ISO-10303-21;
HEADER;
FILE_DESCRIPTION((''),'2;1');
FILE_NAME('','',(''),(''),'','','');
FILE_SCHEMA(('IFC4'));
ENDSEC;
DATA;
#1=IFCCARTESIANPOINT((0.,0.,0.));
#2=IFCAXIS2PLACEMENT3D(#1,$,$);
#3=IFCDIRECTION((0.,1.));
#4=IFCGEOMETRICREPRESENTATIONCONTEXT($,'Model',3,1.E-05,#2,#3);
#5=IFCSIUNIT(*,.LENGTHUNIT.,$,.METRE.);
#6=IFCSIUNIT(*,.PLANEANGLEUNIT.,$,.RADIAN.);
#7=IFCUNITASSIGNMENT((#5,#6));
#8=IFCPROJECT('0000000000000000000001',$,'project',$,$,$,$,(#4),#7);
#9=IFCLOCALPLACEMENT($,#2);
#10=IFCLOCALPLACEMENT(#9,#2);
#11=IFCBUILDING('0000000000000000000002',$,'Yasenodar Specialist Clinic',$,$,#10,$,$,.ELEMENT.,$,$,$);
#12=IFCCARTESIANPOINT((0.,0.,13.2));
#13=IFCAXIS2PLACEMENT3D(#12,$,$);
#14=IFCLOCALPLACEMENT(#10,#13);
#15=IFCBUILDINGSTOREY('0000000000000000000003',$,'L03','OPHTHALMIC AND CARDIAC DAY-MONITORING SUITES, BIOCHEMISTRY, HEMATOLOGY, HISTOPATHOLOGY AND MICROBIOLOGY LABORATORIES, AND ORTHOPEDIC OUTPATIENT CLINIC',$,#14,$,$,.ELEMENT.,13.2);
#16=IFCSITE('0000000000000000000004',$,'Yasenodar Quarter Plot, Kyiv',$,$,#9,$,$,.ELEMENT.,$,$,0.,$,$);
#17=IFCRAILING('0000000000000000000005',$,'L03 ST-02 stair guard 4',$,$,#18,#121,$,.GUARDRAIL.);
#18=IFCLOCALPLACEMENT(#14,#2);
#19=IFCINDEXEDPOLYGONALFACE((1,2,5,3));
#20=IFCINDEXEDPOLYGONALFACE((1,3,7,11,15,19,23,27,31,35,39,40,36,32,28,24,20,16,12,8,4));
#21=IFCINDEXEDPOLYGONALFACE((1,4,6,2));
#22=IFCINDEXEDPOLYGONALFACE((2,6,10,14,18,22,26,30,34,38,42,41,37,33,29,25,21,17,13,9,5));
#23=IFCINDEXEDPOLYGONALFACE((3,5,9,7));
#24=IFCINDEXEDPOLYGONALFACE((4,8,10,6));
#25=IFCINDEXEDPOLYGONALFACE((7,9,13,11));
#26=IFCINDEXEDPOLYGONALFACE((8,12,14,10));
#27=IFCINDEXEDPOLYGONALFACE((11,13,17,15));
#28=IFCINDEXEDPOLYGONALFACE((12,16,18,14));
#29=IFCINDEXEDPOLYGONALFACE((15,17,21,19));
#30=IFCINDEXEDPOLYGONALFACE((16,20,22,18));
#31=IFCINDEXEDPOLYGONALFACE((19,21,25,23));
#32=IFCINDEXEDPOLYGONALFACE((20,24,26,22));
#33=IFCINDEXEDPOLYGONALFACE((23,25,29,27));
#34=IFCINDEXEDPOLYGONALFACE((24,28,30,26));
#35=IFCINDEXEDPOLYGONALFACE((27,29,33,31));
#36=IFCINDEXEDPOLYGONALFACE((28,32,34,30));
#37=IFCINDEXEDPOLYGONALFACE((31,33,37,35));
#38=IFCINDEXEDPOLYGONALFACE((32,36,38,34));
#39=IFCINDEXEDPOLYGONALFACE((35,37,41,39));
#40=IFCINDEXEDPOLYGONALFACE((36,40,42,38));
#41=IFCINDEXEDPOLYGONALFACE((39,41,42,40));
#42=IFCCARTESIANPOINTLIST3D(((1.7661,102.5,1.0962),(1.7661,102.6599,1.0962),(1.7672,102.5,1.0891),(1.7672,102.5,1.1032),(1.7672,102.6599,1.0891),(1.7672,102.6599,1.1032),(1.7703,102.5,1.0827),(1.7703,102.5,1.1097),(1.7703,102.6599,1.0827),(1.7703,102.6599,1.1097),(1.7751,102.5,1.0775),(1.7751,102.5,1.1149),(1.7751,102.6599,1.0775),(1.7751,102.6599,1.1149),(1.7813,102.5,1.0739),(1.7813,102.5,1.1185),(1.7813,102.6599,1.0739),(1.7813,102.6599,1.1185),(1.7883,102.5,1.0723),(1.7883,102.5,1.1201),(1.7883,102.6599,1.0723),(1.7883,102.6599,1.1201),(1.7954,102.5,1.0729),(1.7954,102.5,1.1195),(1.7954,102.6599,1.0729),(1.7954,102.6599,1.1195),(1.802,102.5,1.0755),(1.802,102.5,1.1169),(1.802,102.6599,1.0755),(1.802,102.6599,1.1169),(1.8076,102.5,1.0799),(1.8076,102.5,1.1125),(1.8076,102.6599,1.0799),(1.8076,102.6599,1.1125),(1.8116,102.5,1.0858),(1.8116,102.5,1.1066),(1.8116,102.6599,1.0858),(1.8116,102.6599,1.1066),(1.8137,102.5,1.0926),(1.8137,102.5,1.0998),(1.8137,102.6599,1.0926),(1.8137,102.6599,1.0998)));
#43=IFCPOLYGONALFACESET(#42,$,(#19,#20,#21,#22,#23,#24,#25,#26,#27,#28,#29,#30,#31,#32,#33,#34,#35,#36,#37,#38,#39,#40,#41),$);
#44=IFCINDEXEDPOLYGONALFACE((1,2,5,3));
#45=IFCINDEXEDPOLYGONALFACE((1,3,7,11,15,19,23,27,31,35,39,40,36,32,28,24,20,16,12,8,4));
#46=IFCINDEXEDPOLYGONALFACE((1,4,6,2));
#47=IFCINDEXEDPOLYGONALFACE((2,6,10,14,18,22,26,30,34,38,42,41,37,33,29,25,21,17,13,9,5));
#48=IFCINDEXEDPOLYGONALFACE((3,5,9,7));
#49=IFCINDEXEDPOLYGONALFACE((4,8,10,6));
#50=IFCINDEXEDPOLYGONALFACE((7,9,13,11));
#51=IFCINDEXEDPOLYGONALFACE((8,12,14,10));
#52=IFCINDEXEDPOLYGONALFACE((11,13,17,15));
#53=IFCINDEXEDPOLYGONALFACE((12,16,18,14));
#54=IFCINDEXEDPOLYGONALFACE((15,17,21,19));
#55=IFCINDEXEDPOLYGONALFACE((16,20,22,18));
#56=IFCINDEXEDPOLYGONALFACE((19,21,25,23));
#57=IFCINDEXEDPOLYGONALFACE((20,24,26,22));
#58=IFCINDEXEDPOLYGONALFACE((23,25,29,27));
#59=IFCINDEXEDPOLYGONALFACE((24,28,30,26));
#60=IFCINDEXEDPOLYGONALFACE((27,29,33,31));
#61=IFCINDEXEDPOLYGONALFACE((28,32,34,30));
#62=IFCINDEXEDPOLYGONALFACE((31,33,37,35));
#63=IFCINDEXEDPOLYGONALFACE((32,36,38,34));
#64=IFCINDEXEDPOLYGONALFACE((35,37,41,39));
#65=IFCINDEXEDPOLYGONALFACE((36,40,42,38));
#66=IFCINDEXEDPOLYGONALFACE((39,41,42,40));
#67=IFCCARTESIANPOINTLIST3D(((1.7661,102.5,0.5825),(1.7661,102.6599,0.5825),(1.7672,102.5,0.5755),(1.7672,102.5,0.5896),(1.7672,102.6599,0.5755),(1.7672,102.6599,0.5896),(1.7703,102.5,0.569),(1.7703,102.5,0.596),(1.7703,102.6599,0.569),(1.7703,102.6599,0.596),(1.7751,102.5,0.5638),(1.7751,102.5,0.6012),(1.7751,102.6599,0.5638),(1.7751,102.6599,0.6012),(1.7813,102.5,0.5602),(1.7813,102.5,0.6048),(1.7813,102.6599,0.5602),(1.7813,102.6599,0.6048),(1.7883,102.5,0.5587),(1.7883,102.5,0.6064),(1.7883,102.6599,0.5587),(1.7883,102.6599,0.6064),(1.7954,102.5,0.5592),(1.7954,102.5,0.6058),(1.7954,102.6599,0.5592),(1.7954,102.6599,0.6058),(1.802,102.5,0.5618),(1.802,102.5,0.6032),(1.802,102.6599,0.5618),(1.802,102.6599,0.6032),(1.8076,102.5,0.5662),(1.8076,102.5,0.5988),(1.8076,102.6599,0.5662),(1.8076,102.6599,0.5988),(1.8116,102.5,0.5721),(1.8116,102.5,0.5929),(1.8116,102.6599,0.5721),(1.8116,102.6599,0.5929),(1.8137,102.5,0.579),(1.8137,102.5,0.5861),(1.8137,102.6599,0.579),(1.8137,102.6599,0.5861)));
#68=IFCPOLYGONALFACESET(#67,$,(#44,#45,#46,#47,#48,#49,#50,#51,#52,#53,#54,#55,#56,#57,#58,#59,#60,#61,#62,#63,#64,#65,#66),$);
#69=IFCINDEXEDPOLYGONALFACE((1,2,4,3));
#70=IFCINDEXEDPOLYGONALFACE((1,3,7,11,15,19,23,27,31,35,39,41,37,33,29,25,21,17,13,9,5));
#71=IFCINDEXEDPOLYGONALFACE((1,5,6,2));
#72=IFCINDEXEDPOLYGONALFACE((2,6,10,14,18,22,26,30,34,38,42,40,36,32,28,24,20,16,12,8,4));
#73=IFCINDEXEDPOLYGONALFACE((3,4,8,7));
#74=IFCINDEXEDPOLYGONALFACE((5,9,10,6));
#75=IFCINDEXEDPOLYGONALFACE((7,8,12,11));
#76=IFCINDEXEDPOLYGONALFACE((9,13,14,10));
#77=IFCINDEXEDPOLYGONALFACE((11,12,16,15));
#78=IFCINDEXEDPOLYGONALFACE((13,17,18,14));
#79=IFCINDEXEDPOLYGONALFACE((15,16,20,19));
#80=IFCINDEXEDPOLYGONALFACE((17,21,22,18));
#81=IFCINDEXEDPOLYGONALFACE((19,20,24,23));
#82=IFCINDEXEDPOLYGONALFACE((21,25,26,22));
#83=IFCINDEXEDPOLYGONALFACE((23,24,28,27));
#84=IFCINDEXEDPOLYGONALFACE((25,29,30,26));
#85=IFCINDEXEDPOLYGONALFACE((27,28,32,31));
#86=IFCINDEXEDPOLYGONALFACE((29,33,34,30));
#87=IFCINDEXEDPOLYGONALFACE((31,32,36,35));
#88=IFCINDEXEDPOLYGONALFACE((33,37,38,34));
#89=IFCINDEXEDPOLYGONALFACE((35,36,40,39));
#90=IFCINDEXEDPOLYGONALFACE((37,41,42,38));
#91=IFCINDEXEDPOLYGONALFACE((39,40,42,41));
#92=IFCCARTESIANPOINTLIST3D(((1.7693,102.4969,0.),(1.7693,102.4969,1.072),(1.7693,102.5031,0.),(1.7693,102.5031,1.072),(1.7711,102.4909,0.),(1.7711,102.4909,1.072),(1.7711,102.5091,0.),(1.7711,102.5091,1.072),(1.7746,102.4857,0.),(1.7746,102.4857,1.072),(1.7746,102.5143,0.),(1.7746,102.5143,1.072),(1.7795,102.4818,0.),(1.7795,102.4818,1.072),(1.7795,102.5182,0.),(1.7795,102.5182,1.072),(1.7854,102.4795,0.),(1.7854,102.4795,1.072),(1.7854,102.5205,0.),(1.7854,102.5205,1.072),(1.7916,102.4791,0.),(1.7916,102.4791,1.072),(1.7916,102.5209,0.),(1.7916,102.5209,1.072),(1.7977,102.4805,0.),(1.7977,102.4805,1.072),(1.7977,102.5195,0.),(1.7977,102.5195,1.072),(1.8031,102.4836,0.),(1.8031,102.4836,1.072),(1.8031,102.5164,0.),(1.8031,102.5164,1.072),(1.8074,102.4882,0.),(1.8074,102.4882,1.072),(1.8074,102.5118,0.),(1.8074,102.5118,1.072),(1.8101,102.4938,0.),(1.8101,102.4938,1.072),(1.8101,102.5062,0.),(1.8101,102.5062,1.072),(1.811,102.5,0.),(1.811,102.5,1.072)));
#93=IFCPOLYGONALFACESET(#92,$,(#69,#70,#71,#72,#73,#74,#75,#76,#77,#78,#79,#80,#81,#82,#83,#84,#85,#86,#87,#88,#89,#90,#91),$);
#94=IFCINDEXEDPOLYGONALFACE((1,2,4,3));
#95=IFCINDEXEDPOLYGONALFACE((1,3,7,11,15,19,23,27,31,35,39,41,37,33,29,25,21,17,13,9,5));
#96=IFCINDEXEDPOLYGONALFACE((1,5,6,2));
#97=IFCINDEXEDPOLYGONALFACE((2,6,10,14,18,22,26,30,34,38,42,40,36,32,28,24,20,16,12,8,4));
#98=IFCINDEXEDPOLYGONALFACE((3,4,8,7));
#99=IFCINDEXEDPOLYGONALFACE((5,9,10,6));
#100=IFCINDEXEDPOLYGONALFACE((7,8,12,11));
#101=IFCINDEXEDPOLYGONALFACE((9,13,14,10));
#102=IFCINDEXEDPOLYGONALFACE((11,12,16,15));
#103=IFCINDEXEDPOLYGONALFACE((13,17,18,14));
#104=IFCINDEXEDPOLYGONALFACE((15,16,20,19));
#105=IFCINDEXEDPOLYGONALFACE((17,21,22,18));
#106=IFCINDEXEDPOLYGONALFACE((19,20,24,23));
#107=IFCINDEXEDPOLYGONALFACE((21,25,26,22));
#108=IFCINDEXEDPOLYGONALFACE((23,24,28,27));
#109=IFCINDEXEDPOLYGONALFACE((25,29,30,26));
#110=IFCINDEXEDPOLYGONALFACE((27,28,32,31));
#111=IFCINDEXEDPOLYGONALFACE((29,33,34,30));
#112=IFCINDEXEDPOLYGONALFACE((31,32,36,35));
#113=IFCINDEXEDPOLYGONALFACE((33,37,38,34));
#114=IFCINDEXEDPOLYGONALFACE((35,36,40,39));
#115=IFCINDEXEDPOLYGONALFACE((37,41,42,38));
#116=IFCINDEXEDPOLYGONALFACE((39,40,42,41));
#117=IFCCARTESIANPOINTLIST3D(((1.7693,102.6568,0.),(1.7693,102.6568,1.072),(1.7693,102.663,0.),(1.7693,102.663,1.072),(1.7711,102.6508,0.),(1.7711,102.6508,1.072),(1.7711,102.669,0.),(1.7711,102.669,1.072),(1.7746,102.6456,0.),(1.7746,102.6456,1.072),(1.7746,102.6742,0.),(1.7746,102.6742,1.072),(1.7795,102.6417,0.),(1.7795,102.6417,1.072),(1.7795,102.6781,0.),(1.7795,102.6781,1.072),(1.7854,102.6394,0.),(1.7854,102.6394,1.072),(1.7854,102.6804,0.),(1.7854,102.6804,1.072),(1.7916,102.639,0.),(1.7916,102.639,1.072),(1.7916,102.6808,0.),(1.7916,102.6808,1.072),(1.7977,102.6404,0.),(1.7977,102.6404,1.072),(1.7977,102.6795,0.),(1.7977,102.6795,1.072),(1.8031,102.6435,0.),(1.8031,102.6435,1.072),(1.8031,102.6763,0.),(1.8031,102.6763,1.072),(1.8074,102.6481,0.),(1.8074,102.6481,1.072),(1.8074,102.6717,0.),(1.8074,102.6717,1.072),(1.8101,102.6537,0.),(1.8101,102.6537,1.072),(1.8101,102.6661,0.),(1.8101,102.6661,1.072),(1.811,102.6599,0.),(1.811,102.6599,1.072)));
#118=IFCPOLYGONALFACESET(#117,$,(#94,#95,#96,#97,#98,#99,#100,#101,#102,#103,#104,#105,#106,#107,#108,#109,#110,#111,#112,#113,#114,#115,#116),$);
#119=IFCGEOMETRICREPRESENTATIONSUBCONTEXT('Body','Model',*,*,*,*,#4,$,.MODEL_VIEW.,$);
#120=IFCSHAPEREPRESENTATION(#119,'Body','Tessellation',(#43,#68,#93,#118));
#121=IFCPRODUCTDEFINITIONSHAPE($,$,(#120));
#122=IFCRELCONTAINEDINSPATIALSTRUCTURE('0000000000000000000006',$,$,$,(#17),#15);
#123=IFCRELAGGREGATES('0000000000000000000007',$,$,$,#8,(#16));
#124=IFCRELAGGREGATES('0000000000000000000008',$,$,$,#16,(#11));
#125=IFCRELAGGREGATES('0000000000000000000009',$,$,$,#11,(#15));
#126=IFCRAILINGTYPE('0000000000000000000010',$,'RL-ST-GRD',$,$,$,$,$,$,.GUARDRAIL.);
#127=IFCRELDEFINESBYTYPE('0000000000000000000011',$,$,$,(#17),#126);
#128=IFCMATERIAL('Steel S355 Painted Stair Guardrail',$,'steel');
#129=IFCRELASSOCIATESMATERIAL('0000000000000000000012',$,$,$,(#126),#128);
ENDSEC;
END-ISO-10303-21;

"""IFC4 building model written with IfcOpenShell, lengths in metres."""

from ifc_helpers import new_model, si_unit, direction, frame, origin, origin_2d, place, context, subcontext, project, spatial, circle, extrude, material, type_object, element, save


model = new_model("IFC4")

# Units and contexts
model_context = context("Model", 3, precision=1e-05, world=origin(), true_north=direction((0.0, 1.0)))
body_context = subcontext(model_context, "Body", "Model", "MODEL_VIEW")
ifc_project = project(units=[si_unit("LENGTHUNIT", "METRE"), si_unit("PLANEANGLEUNIT", "RADIAN")], contexts=[model_context])

# Site, building, storey
site_placement = place(None, origin())
site = spatial("IfcSite", under=ifc_project, at=site_placement, Name="Yasenodar Quarter Plot, Kyiv", CompositionType="ELEMENT", RefElevation=0.0)
building_placement = place(site_placement, origin())
building = spatial("IfcBuilding", under=site, at=building_placement, Name="Yasenodar Specialist Clinic", CompositionType="ELEMENT")
storey_placement = place(building_placement, frame((0.0, 0.0, 13.2)))
storey = spatial("IfcBuildingStorey", under=building, at=storey_placement, Name="L03", Description="OPHTHALMIC AND CARDIAC DAY-MONITORING SUITES, BIOCHEMISTRY, HEMATOLOGY, HISTOPATHOLOGY AND MICROBIOLOGY LABORATORIES, AND ORTHOPEDIC OUTPATIENT CLINIC", CompositionType="ELEMENT", Elevation=13.2)

# Railing
ifc_material_1 = material(Name="Steel S355 Painted Stair Guardrail", Category="steel")
railing_type_1 = type_object("IfcRailingType", Name="RL-ST-GRD", PredefinedType="GUARDRAIL", material=ifc_material_1)
railing_1_placement = place(storey_placement, frame((1.79, 102.5, 0.0)))
element("IfcRailing", 1, at=railing_1_placement, inside=storey, type_object=railing_type_1, Name="L03 ST-02 stair guard 4", PredefinedType="GUARDRAIL", context=body_context, shape_type="SweptSolid", body=[
    extrude(circle(Radius=0.0239, at=origin_2d()), frame((0.0, 0.0, 1.0962), z_axis=(0.0, 1.0, 0.0), x_axis=(-1.0, 0.0, 0.0)), (0.0, 0.0, 1.0), 0.1599),
    extrude(circle(Radius=0.0239, at=origin_2d()), frame((0.0, 0.0, 0.5825), z_axis=(0.0, 1.0, 0.0), x_axis=(-1.0, 0.0, 0.0)), (0.0, 0.0, 1.0), 0.1599),
    extrude(circle(Radius=0.021, at=origin_2d()), origin(), (0.0, 0.0, 1.0), 1.072),
    extrude(circle(Radius=0.021, at=origin_2d()), frame((0.0, 0.1599, 0.0)), (0.0, 0.0, 1.0), 1.072),
])

save(model, "model.ifc")
